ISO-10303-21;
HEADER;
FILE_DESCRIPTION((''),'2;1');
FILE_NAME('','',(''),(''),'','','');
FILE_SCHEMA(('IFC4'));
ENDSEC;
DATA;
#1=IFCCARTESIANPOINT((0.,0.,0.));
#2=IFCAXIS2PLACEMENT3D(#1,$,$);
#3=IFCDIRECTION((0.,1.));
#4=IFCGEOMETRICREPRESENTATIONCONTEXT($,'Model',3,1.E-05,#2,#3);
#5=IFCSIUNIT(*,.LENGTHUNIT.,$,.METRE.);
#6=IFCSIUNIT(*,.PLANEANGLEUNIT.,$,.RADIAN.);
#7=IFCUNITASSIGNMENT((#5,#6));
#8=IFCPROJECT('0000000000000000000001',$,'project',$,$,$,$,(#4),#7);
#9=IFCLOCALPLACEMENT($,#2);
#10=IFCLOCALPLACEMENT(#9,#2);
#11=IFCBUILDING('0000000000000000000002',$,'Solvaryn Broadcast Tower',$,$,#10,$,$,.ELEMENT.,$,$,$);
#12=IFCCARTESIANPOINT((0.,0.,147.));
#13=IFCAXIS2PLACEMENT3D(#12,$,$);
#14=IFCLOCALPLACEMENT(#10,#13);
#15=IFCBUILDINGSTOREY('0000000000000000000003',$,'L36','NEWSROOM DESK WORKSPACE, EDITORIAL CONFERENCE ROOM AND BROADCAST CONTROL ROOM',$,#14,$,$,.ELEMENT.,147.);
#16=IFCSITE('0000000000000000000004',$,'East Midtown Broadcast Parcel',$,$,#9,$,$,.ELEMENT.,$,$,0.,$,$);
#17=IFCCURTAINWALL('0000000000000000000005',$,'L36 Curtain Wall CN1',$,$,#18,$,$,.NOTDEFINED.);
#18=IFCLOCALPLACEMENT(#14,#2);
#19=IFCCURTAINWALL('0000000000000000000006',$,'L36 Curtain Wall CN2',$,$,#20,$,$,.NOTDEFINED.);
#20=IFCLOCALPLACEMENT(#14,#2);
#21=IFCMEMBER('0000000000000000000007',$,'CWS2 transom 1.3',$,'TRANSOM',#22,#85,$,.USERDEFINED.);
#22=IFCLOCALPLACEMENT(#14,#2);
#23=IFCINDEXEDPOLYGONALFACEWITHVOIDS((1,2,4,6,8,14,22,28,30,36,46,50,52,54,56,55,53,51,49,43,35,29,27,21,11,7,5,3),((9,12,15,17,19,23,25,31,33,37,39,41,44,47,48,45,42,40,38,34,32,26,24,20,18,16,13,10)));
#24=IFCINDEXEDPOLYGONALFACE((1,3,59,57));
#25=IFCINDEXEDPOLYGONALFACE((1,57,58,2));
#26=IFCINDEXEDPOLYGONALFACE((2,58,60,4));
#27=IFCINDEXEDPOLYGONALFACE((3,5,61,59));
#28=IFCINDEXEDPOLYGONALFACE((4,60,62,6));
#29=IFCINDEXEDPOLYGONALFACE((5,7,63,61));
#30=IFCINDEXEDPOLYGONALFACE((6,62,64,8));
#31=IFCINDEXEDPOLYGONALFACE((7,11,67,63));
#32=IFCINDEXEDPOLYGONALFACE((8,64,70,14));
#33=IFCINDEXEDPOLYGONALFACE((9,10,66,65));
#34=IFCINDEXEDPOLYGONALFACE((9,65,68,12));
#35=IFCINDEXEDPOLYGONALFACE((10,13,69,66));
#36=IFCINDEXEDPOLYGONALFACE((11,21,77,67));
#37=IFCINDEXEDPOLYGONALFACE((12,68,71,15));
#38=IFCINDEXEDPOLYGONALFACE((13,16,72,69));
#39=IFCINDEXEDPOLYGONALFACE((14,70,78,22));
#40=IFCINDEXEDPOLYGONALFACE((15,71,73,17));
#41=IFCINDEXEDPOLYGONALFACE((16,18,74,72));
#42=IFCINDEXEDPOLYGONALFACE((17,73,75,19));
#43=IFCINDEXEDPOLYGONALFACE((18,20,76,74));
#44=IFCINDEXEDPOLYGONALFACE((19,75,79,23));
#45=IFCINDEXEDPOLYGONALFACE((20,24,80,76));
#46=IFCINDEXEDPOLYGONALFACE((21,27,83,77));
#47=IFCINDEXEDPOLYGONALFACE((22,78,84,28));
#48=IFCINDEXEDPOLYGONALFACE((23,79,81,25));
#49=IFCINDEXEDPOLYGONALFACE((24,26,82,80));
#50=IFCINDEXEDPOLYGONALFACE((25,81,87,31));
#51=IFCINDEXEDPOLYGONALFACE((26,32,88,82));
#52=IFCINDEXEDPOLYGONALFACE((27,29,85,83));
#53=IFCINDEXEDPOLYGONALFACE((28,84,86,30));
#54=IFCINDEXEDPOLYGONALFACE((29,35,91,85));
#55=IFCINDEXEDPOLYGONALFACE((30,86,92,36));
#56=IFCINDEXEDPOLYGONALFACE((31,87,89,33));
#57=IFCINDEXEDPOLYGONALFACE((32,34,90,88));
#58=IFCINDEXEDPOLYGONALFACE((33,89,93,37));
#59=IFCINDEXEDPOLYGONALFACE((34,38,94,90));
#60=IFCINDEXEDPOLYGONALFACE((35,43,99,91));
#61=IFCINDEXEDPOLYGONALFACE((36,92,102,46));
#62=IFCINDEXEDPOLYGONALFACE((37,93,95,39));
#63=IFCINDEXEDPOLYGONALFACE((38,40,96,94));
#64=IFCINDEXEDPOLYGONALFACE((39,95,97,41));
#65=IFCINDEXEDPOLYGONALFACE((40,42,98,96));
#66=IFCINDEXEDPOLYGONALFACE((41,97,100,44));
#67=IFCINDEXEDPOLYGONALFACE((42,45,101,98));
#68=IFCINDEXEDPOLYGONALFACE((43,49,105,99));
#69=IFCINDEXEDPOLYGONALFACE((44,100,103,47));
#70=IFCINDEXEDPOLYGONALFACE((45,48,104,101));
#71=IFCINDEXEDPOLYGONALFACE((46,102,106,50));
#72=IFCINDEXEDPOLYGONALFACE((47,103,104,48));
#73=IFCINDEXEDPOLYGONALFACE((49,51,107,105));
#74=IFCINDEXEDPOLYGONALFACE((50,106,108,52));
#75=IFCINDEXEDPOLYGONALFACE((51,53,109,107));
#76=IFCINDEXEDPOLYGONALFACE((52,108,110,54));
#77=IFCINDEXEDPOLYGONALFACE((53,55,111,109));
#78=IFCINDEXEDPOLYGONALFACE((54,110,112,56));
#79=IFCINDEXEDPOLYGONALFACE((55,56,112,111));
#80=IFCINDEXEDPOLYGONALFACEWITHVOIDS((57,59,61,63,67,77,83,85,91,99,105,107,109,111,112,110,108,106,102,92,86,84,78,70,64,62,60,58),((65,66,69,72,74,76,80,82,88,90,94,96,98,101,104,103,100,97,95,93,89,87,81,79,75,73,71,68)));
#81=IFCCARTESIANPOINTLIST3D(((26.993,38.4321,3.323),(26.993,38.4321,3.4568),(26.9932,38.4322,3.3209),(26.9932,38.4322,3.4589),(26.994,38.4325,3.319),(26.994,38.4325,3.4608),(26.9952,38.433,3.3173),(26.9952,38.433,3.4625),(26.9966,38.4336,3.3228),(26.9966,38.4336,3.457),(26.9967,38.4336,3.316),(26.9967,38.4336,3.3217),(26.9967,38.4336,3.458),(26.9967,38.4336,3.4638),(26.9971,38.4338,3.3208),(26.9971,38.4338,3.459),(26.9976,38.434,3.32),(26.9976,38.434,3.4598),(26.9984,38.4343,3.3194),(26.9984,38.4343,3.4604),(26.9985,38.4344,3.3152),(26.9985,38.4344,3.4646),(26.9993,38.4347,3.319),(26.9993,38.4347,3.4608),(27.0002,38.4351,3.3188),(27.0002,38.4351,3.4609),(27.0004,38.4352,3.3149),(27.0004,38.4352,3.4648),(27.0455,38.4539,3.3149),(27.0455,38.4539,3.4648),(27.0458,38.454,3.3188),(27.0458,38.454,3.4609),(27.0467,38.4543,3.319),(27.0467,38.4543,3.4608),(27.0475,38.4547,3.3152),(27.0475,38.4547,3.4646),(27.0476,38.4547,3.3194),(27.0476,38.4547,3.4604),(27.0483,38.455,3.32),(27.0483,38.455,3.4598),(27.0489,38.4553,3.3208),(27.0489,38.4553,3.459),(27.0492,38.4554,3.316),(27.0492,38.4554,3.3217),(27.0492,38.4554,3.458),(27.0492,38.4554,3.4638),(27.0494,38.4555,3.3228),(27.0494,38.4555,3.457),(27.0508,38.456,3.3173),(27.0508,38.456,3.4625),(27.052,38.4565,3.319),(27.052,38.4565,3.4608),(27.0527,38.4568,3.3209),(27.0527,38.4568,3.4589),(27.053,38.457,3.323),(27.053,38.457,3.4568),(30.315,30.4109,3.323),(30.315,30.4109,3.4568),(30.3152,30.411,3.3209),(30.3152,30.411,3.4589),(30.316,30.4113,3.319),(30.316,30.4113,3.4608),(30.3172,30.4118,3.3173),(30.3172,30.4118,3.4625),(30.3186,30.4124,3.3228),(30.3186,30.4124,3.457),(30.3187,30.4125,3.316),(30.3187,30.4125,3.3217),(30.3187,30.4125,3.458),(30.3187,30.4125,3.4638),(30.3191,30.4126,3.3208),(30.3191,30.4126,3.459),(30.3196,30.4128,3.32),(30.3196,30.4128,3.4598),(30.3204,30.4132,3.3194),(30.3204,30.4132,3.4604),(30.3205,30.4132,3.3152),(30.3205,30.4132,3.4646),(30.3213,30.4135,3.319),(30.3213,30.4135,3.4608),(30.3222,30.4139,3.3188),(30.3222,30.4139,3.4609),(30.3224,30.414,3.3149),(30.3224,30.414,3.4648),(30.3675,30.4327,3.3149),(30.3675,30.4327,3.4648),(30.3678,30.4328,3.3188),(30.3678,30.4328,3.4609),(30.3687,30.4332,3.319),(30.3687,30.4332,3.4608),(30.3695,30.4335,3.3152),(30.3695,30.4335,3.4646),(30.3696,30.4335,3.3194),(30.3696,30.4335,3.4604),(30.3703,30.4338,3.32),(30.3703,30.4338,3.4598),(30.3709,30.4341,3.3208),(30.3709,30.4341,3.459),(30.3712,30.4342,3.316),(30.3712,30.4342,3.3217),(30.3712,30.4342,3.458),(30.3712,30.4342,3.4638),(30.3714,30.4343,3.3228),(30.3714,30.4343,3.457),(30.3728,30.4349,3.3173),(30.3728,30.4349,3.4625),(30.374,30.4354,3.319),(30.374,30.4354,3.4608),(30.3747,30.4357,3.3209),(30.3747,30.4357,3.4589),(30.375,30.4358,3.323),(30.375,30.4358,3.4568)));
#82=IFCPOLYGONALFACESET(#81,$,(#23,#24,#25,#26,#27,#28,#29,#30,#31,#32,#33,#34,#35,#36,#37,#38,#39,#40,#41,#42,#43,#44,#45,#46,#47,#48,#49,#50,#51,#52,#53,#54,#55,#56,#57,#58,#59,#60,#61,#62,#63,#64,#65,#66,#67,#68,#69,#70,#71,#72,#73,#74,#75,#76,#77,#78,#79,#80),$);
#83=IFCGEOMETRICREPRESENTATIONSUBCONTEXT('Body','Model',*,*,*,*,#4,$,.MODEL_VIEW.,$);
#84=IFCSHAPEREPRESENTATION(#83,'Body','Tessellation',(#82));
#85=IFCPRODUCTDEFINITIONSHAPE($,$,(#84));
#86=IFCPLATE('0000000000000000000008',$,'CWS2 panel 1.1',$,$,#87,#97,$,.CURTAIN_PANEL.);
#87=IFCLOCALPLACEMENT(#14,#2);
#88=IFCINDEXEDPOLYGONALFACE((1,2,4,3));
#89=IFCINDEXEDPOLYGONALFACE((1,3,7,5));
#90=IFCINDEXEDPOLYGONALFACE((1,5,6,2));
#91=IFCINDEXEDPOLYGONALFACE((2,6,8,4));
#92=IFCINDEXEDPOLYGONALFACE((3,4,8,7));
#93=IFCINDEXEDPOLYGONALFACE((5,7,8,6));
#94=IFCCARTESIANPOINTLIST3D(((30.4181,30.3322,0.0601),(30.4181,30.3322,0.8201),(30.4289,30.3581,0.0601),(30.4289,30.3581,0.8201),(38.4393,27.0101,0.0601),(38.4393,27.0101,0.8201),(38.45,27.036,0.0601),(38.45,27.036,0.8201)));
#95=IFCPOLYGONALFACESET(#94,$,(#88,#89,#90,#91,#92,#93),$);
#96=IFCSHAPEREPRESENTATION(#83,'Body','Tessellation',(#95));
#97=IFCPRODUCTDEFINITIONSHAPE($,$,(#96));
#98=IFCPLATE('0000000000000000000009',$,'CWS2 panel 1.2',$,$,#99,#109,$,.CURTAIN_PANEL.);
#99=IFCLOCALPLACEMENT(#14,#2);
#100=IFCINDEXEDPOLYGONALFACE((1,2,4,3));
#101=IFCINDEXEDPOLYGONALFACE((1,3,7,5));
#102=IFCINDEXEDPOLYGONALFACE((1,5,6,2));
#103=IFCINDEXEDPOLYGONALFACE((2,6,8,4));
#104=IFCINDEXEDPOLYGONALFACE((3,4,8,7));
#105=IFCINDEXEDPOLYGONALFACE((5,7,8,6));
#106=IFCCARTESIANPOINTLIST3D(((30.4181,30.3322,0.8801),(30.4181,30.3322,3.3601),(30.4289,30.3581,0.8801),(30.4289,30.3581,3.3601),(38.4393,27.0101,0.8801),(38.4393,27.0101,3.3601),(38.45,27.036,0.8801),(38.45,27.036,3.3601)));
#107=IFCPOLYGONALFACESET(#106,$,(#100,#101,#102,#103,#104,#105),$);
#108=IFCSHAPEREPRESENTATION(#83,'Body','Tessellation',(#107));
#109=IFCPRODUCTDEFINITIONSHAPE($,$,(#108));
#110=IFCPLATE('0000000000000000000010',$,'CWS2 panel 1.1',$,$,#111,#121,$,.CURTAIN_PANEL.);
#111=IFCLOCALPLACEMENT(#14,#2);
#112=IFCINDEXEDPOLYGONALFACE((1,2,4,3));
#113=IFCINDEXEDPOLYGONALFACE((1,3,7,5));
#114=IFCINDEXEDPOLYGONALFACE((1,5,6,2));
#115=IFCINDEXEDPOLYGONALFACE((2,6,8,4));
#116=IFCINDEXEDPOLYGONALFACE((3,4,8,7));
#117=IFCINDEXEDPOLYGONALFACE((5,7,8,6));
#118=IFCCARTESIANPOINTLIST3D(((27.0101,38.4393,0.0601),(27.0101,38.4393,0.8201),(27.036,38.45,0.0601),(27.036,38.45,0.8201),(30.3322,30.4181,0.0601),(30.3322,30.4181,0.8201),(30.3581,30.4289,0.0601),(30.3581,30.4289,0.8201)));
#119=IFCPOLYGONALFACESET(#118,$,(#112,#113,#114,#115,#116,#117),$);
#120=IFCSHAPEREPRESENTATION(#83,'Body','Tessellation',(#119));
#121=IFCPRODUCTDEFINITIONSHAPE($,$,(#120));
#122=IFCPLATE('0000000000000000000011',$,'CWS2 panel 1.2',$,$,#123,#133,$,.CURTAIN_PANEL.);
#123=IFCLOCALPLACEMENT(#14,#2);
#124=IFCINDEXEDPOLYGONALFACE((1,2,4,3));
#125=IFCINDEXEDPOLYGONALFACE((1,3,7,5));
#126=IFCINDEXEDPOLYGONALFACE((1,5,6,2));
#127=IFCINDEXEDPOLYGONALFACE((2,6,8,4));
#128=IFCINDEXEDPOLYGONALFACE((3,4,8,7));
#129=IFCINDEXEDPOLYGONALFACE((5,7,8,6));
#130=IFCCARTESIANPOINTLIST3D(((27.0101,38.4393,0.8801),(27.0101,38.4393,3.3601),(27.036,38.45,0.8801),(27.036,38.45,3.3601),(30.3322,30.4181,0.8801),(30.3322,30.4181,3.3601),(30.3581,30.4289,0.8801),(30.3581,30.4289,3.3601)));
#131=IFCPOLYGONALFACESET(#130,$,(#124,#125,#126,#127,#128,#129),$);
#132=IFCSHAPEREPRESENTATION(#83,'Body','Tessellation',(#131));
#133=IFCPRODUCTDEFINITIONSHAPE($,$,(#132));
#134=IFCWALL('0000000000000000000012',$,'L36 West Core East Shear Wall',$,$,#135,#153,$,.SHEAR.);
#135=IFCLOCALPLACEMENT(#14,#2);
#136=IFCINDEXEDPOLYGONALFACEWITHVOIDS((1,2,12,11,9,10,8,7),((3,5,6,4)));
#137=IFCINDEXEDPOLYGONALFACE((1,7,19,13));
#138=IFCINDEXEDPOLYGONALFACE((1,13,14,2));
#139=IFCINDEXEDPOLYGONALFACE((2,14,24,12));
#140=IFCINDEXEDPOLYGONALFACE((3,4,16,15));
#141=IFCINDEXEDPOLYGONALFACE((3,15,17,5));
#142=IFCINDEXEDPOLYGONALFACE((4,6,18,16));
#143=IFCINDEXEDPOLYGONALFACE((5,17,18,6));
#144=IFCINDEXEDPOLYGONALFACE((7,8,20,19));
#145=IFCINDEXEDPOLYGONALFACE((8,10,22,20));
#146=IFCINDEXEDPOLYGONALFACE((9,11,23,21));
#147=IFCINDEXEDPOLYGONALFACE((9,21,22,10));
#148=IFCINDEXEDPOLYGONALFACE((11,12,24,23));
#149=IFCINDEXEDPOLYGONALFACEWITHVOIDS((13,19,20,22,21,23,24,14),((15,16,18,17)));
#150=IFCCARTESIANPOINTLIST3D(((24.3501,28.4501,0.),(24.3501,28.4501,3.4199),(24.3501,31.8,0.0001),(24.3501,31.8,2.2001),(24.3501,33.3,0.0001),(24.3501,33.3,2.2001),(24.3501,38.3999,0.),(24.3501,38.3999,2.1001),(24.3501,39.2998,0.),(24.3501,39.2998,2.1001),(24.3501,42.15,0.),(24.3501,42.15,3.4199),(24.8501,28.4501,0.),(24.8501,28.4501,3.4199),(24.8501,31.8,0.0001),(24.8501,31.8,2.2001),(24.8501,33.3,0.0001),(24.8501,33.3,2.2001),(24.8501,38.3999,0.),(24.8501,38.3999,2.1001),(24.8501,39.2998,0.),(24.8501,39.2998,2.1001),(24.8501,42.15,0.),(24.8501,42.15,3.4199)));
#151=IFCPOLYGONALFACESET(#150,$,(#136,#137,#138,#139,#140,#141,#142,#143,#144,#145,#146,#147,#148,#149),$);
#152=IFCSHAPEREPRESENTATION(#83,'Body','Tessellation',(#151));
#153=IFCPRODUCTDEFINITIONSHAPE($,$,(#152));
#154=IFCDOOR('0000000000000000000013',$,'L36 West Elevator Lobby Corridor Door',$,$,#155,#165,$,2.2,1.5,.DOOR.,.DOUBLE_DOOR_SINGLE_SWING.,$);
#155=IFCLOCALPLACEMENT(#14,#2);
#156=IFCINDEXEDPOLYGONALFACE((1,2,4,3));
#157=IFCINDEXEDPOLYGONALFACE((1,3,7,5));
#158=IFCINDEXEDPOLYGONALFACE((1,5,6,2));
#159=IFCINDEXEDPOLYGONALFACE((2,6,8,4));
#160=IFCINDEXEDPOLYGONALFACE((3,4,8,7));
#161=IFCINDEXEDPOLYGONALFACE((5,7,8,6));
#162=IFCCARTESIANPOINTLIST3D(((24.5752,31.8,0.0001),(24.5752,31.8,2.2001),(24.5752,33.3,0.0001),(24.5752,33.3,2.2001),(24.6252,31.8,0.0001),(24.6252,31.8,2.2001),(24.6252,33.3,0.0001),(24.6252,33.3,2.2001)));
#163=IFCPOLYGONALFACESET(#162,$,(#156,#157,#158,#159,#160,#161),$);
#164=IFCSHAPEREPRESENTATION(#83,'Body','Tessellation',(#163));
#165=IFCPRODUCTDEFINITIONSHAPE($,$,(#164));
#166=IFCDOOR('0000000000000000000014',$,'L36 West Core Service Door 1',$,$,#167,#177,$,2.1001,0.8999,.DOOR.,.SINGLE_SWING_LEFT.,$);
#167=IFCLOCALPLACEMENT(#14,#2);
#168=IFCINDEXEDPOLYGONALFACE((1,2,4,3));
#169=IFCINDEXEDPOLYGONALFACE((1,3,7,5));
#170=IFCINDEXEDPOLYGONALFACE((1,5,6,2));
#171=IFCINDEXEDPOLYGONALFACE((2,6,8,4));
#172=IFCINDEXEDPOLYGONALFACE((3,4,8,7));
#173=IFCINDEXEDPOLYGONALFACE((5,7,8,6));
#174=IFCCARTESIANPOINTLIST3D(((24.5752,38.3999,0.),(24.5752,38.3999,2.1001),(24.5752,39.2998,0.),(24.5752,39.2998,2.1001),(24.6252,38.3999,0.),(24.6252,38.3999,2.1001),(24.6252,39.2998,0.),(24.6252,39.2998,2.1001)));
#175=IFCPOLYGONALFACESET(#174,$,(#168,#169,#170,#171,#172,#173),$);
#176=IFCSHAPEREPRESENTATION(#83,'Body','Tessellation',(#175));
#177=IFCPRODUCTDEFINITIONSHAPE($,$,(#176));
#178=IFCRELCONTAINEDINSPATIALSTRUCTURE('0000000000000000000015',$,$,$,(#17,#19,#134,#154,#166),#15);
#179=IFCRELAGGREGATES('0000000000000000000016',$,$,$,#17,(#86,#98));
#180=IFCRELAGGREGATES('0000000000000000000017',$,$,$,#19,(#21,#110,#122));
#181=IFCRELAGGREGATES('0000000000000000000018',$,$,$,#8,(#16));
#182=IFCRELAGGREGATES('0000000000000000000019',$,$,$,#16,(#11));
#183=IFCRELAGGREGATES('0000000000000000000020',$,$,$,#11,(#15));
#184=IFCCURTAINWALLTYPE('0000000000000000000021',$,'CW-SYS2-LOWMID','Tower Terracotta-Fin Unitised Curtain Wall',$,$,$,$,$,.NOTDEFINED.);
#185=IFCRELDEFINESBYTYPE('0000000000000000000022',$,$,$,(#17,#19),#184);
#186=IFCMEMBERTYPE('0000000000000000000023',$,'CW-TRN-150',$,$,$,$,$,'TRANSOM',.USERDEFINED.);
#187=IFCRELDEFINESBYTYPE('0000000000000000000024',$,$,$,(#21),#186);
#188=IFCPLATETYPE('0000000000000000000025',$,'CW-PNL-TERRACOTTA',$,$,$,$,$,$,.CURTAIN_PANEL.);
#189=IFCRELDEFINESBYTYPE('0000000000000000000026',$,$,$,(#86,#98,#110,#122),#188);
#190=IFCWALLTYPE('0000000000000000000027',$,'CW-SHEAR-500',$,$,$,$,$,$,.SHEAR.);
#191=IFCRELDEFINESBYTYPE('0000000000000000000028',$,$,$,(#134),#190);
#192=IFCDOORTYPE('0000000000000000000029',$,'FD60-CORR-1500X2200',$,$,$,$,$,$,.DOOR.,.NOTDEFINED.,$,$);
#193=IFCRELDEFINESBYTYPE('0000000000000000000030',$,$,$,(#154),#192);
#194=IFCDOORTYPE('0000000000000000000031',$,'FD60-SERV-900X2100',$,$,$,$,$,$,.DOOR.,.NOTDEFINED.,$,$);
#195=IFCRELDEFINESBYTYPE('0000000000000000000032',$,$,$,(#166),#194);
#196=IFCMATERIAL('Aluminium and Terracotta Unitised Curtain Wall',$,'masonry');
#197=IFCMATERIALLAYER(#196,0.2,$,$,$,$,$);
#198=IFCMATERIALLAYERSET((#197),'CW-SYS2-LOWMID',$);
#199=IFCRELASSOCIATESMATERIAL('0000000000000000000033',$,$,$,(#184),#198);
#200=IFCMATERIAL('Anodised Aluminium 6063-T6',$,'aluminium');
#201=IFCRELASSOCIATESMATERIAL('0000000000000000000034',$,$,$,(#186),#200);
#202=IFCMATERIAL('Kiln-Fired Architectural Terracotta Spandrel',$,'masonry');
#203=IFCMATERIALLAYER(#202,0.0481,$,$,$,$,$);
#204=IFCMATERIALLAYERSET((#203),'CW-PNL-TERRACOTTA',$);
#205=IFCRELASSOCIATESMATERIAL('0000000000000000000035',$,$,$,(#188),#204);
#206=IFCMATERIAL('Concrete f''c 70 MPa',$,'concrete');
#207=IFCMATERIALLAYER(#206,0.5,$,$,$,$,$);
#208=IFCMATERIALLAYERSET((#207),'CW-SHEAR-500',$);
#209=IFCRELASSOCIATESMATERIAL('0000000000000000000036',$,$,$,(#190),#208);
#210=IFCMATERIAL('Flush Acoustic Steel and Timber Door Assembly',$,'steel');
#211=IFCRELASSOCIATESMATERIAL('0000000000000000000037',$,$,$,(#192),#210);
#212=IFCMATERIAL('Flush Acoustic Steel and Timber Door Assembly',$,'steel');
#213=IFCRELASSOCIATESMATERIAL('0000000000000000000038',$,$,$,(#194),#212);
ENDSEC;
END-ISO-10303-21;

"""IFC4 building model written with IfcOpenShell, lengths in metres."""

from ifc_helpers import new_model, si_unit, direction, frame, frame_2d, origin, origin_2d, place, context, subcontext, project, spatial, rectangle, hollow_rectangle, extrude, material, layer, layer_set, material_profile, profile_set, type_object, element, fill, aggregate, save


model = new_model("IFC4")

# Units and contexts
model_context = context("Model", 3, precision=1e-05, world=origin(), true_north=direction((0.0, 1.0)))
body_context = subcontext(model_context, "Body", "Model", "MODEL_VIEW")
ifc_project = project(units=[si_unit("LENGTHUNIT", "METRE"), si_unit("PLANEANGLEUNIT", "RADIAN")], contexts=[model_context])

# Site, building, storey
site_placement = place(None, origin())
site = spatial("IfcSite", under=ifc_project, at=site_placement, Name="East Midtown Broadcast Parcel", CompositionType="ELEMENT", RefElevation=0.0)
building_placement = place(site_placement, origin())
building = spatial("IfcBuilding", under=site, at=building_placement, Name="Solvaryn Broadcast Tower", CompositionType="ELEMENT")
storey_placement = place(building_placement, frame((0.0, 0.0, 147.0)))
storey = spatial("IfcBuildingStorey", under=building, at=storey_placement, Name="L36", Description="NEWSROOM DESK WORKSPACE, EDITORIAL CONFERENCE ROOM AND BROADCAST CONTROL ROOM", CompositionType="ELEMENT", Elevation=147.0)

# Curtain wall
ifc_material_1 = material(Name="Aluminium and Terracotta Unitised Curtain Wall", Category="masonry")
ifc_layer_1 = layer(ifc_material_1, 0.2)
ifc_layer_set_1 = layer_set([ifc_layer_1], Name="CW-SYS2-LOWMID")
curtain_wall_type = type_object("IfcCurtainWallType", Name="CW-SYS2-LOWMID", Description="Tower Terracotta-Fin Unitised Curtain Wall", PredefinedType="NOTDEFINED", material=ifc_layer_set_1)
curtain_wall_1_placement = place(storey_placement, origin())
curtain_wall_1 = element("IfcCurtainWall", 1, at=curtain_wall_1_placement, inside=storey, type_object=curtain_wall_type, Name="L36 Curtain Wall CN1", PredefinedType="NOTDEFINED")

# Curtain wall, member
curtain_wall_2_placement = place(storey_placement, origin())
curtain_wall_2 = element("IfcCurtainWall", 2, at=curtain_wall_2_placement, inside=storey, type_object=curtain_wall_type, Name="L36 Curtain Wall CN2", PredefinedType="NOTDEFINED")
ifc_material_2 = material(Name="Anodised Aluminium 6063-T6", Category="aluminium")
ifc_material_profile_1 = material_profile(ifc_material_2, hollow_rectangle(XDim=0.0649, YDim=0.1499, WallThickness=0.0039, InnerFilletRadius=0.0039, OuterFilletRadius=0.0081, at=origin_2d()))
ifc_profile_set_1 = profile_set([ifc_material_profile_1], Name="Anodised Aluminium 6063-T6")
member_type_1 = type_object("IfcMemberType", Name="CW-TRN-150", ElementType="TRANSOM", PredefinedType="USERDEFINED", material=ifc_profile_set_1)
member_1_placement = place(storey_placement, frame((30.345, 30.4233, 3.3899), z_axis=(-0.382636, 0.923899, 0.0), x_axis=(-0.923899, -0.382636, 0.0)))
member_1 = element("IfcMember", 3, at=member_1_placement, type_object=member_type_1, Name="CWS2 transom 1.3", ObjectType="TRANSOM", PredefinedType="USERDEFINED", context=body_context, shape_type="SweptSolid", body=[
    extrude(hollow_rectangle(XDim=0.0649, YDim=0.1499, WallThickness=0.0039, InnerFilletRadius=0.0039, OuterFilletRadius=0.0081, at=origin_2d()), origin(), (0.0, 0.0, 1.0), 8.6819),
])

# Plates
ifc_material_3 = material(Name="Kiln-Fired Architectural Terracotta Spandrel", Category="masonry")
ifc_layer_2 = layer(ifc_material_3, 0.0481)
ifc_layer_set_2 = layer_set([ifc_layer_2], Name="CW-PNL-TERRACOTTA")
plate_type = type_object("IfcPlateType", Name="CW-PNL-TERRACOTTA", PredefinedType="CURTAIN_PANEL", material=ifc_layer_set_2)
plate_1_placement = place(storey_placement, frame((34.4341, 28.6841, 0.0601), z_axis=(0.0, 0.0, 1.0), x_axis=(-0.923895, 0.382646, 0.0)))
plate_1 = element("IfcPlate", 4, at=plate_1_placement, type_object=plate_type, Name="CWS2 panel 1.1", PredefinedType="CURTAIN_PANEL", context=body_context, shape_type="SweptSolid", body=[
    extrude(rectangle(XDim=8.6819, YDim=0.0281, at=origin_2d()), origin(), (0.0, 0.0, 1.0), 0.76),
])
plate_2_placement = place(storey_placement, frame((34.4341, 28.6841, 0.8801), z_axis=(0.0, 0.0, 1.0), x_axis=(-0.923895, 0.382646, 0.0)))
plate_2 = element("IfcPlate", 5, at=plate_2_placement, type_object=plate_type, Name="CWS2 panel 1.2", PredefinedType="CURTAIN_PANEL", context=body_context, shape_type="SweptSolid", body=[
    extrude(rectangle(XDim=8.6819, YDim=0.0281, at=origin_2d()), origin(), (0.0, 0.0, 1.0), 2.48),
])
aggregate(curtain_wall_1, [plate_1, plate_2])
plate_3_placement = place(storey_placement, frame((28.6841, 34.4341, 0.0601), z_axis=(0.0, 0.0, 1.0), x_axis=(-0.382646, 0.923895, 0.0)))
plate_3 = element("IfcPlate", 6, at=plate_3_placement, type_object=plate_type, Name="CWS2 panel 1.1", PredefinedType="CURTAIN_PANEL", context=body_context, shape_type="SweptSolid", body=[
    extrude(rectangle(XDim=8.6819, YDim=0.0281, at=origin_2d()), origin(), (0.0, 0.0, 1.0), 0.76),
])
plate_4_placement = place(storey_placement, frame((28.6841, 34.4341, 0.8801), z_axis=(0.0, 0.0, 1.0), x_axis=(-0.382646, 0.923895, 0.0)))
plate_4 = element("IfcPlate", 7, at=plate_4_placement, type_object=plate_type, Name="CWS2 panel 1.2", PredefinedType="CURTAIN_PANEL", context=body_context, shape_type="SweptSolid", body=[
    extrude(rectangle(XDim=8.6819, YDim=0.0281, at=origin_2d()), origin(), (0.0, 0.0, 1.0), 2.48),
])
aggregate(curtain_wall_2, [member_1, plate_3, plate_4])

# Wall, openings, doors
ifc_material_4 = material(Name="Concrete f'c 70 MPa", Category="concrete")
ifc_layer_3 = layer(ifc_material_4, 0.5)
ifc_layer_set_3 = layer_set([ifc_layer_3], Name="CW-SHEAR-500")
wall_type_1 = type_object("IfcWallType", Name="CW-SHEAR-500", PredefinedType="SHEAR", material=ifc_layer_set_3)
wall_1_placement = place(storey_placement, frame((24.6001, 28.45, 0.0), z_axis=(0.0, 0.0, 1.0), x_axis=(0.0, 1.0, 0.0)))
wall_1 = element("IfcWall", 8, at=wall_1_placement, inside=storey, type_object=wall_type_1, Name="L36 West Core East Shear Wall", PredefinedType="SHEAR", context=body_context, shape_type="SweptSolid", body=[
    extrude(rectangle(XDim=13.7, YDim=0.5, at=frame_2d((6.8501, 0.0))), origin(), (0.0, 0.0, 1.0), 3.4199),
])
opening_1_placement = place(wall_1_placement, frame((3.3501, 0.0, 0.0)))
opening_1 = element("IfcOpeningElement", 9, at=opening_1_placement, cuts=wall_1, PredefinedType="OPENING", context=body_context, shape_type="SweptSolid", body=[
    extrude(rectangle(XDim=1.5, YDim=2.2, at=frame_2d((0.75, 1.1001))), frame((0.0, 0.26, 0.0), z_axis=(0.0, -1.0, 0.0), x_axis=(1.0, 0.0, 0.0)), (0.0, 0.0, 1.0), 0.52),
])
opening_2_placement = place(wall_1_placement, frame((9.95, 0.0, 0.0)))
opening_2 = element("IfcOpeningElement", 10, at=opening_2_placement, cuts=wall_1, PredefinedType="OPENING", context=body_context, shape_type="SweptSolid", body=[
    extrude(rectangle(XDim=0.8999, YDim=2.1001, at=frame_2d((0.45, 1.05))), frame((0.0, 0.26, 0.0), z_axis=(0.0, -1.0, 0.0), x_axis=(1.0, 0.0, 0.0)), (0.0, 0.0, 1.0), 0.52),
])
ifc_material_5 = material(Name="Flush Acoustic Steel and Timber Door Assembly", Category="steel")
door_type_1 = type_object("IfcDoorType", Name="FD60-CORR-1500X2200", OperationType="NOTDEFINED", PredefinedType="DOOR", material=ifc_material_5)
door_1_placement = place(opening_1_placement, origin())
door_1 = element("IfcDoor", 11, at=door_1_placement, inside=storey, type_object=door_type_1, Name="L36 West Elevator Lobby Corridor Door", OperationType="DOUBLE_DOOR_SINGLE_SWING", OverallHeight=2.2, OverallWidth=1.5, PredefinedType="DOOR", context=body_context, shape_type="SweptSolid", body=[
    extrude(rectangle(XDim=1.5, YDim=2.2, at=frame_2d((0.75, 1.1001))), frame((0.0, 0.0249, 0.0), z_axis=(0.0, -1.0, 0.0), x_axis=(1.0, 0.0, 0.0)), (0.0, 0.0, 1.0), 0.05),
])
fill(opening_1, door_1)
ifc_material_6 = material(Name="Flush Acoustic Steel and Timber Door Assembly", Category="steel")
door_type_2 = type_object("IfcDoorType", Name="FD60-SERV-900X2100", OperationType="NOTDEFINED", PredefinedType="DOOR", material=ifc_material_6)
door_2_placement = place(opening_2_placement, origin())
door_2 = element("IfcDoor", 12, at=door_2_placement, inside=storey, type_object=door_type_2, Name="L36 West Core Service Door 1", OperationType="SINGLE_SWING_LEFT", OverallHeight=2.1001, OverallWidth=0.8999, PredefinedType="DOOR", context=body_context, shape_type="SweptSolid", body=[
    extrude(rectangle(XDim=0.8999, YDim=2.1001, at=frame_2d((0.45, 1.05))), frame((0.0, 0.0249, 0.0), z_axis=(0.0, -1.0, 0.0), x_axis=(1.0, 0.0, 0.0)), (0.0, 0.0, 1.0), 0.05),
])
fill(opening_2, door_2)

save(model, "model.ifc")
